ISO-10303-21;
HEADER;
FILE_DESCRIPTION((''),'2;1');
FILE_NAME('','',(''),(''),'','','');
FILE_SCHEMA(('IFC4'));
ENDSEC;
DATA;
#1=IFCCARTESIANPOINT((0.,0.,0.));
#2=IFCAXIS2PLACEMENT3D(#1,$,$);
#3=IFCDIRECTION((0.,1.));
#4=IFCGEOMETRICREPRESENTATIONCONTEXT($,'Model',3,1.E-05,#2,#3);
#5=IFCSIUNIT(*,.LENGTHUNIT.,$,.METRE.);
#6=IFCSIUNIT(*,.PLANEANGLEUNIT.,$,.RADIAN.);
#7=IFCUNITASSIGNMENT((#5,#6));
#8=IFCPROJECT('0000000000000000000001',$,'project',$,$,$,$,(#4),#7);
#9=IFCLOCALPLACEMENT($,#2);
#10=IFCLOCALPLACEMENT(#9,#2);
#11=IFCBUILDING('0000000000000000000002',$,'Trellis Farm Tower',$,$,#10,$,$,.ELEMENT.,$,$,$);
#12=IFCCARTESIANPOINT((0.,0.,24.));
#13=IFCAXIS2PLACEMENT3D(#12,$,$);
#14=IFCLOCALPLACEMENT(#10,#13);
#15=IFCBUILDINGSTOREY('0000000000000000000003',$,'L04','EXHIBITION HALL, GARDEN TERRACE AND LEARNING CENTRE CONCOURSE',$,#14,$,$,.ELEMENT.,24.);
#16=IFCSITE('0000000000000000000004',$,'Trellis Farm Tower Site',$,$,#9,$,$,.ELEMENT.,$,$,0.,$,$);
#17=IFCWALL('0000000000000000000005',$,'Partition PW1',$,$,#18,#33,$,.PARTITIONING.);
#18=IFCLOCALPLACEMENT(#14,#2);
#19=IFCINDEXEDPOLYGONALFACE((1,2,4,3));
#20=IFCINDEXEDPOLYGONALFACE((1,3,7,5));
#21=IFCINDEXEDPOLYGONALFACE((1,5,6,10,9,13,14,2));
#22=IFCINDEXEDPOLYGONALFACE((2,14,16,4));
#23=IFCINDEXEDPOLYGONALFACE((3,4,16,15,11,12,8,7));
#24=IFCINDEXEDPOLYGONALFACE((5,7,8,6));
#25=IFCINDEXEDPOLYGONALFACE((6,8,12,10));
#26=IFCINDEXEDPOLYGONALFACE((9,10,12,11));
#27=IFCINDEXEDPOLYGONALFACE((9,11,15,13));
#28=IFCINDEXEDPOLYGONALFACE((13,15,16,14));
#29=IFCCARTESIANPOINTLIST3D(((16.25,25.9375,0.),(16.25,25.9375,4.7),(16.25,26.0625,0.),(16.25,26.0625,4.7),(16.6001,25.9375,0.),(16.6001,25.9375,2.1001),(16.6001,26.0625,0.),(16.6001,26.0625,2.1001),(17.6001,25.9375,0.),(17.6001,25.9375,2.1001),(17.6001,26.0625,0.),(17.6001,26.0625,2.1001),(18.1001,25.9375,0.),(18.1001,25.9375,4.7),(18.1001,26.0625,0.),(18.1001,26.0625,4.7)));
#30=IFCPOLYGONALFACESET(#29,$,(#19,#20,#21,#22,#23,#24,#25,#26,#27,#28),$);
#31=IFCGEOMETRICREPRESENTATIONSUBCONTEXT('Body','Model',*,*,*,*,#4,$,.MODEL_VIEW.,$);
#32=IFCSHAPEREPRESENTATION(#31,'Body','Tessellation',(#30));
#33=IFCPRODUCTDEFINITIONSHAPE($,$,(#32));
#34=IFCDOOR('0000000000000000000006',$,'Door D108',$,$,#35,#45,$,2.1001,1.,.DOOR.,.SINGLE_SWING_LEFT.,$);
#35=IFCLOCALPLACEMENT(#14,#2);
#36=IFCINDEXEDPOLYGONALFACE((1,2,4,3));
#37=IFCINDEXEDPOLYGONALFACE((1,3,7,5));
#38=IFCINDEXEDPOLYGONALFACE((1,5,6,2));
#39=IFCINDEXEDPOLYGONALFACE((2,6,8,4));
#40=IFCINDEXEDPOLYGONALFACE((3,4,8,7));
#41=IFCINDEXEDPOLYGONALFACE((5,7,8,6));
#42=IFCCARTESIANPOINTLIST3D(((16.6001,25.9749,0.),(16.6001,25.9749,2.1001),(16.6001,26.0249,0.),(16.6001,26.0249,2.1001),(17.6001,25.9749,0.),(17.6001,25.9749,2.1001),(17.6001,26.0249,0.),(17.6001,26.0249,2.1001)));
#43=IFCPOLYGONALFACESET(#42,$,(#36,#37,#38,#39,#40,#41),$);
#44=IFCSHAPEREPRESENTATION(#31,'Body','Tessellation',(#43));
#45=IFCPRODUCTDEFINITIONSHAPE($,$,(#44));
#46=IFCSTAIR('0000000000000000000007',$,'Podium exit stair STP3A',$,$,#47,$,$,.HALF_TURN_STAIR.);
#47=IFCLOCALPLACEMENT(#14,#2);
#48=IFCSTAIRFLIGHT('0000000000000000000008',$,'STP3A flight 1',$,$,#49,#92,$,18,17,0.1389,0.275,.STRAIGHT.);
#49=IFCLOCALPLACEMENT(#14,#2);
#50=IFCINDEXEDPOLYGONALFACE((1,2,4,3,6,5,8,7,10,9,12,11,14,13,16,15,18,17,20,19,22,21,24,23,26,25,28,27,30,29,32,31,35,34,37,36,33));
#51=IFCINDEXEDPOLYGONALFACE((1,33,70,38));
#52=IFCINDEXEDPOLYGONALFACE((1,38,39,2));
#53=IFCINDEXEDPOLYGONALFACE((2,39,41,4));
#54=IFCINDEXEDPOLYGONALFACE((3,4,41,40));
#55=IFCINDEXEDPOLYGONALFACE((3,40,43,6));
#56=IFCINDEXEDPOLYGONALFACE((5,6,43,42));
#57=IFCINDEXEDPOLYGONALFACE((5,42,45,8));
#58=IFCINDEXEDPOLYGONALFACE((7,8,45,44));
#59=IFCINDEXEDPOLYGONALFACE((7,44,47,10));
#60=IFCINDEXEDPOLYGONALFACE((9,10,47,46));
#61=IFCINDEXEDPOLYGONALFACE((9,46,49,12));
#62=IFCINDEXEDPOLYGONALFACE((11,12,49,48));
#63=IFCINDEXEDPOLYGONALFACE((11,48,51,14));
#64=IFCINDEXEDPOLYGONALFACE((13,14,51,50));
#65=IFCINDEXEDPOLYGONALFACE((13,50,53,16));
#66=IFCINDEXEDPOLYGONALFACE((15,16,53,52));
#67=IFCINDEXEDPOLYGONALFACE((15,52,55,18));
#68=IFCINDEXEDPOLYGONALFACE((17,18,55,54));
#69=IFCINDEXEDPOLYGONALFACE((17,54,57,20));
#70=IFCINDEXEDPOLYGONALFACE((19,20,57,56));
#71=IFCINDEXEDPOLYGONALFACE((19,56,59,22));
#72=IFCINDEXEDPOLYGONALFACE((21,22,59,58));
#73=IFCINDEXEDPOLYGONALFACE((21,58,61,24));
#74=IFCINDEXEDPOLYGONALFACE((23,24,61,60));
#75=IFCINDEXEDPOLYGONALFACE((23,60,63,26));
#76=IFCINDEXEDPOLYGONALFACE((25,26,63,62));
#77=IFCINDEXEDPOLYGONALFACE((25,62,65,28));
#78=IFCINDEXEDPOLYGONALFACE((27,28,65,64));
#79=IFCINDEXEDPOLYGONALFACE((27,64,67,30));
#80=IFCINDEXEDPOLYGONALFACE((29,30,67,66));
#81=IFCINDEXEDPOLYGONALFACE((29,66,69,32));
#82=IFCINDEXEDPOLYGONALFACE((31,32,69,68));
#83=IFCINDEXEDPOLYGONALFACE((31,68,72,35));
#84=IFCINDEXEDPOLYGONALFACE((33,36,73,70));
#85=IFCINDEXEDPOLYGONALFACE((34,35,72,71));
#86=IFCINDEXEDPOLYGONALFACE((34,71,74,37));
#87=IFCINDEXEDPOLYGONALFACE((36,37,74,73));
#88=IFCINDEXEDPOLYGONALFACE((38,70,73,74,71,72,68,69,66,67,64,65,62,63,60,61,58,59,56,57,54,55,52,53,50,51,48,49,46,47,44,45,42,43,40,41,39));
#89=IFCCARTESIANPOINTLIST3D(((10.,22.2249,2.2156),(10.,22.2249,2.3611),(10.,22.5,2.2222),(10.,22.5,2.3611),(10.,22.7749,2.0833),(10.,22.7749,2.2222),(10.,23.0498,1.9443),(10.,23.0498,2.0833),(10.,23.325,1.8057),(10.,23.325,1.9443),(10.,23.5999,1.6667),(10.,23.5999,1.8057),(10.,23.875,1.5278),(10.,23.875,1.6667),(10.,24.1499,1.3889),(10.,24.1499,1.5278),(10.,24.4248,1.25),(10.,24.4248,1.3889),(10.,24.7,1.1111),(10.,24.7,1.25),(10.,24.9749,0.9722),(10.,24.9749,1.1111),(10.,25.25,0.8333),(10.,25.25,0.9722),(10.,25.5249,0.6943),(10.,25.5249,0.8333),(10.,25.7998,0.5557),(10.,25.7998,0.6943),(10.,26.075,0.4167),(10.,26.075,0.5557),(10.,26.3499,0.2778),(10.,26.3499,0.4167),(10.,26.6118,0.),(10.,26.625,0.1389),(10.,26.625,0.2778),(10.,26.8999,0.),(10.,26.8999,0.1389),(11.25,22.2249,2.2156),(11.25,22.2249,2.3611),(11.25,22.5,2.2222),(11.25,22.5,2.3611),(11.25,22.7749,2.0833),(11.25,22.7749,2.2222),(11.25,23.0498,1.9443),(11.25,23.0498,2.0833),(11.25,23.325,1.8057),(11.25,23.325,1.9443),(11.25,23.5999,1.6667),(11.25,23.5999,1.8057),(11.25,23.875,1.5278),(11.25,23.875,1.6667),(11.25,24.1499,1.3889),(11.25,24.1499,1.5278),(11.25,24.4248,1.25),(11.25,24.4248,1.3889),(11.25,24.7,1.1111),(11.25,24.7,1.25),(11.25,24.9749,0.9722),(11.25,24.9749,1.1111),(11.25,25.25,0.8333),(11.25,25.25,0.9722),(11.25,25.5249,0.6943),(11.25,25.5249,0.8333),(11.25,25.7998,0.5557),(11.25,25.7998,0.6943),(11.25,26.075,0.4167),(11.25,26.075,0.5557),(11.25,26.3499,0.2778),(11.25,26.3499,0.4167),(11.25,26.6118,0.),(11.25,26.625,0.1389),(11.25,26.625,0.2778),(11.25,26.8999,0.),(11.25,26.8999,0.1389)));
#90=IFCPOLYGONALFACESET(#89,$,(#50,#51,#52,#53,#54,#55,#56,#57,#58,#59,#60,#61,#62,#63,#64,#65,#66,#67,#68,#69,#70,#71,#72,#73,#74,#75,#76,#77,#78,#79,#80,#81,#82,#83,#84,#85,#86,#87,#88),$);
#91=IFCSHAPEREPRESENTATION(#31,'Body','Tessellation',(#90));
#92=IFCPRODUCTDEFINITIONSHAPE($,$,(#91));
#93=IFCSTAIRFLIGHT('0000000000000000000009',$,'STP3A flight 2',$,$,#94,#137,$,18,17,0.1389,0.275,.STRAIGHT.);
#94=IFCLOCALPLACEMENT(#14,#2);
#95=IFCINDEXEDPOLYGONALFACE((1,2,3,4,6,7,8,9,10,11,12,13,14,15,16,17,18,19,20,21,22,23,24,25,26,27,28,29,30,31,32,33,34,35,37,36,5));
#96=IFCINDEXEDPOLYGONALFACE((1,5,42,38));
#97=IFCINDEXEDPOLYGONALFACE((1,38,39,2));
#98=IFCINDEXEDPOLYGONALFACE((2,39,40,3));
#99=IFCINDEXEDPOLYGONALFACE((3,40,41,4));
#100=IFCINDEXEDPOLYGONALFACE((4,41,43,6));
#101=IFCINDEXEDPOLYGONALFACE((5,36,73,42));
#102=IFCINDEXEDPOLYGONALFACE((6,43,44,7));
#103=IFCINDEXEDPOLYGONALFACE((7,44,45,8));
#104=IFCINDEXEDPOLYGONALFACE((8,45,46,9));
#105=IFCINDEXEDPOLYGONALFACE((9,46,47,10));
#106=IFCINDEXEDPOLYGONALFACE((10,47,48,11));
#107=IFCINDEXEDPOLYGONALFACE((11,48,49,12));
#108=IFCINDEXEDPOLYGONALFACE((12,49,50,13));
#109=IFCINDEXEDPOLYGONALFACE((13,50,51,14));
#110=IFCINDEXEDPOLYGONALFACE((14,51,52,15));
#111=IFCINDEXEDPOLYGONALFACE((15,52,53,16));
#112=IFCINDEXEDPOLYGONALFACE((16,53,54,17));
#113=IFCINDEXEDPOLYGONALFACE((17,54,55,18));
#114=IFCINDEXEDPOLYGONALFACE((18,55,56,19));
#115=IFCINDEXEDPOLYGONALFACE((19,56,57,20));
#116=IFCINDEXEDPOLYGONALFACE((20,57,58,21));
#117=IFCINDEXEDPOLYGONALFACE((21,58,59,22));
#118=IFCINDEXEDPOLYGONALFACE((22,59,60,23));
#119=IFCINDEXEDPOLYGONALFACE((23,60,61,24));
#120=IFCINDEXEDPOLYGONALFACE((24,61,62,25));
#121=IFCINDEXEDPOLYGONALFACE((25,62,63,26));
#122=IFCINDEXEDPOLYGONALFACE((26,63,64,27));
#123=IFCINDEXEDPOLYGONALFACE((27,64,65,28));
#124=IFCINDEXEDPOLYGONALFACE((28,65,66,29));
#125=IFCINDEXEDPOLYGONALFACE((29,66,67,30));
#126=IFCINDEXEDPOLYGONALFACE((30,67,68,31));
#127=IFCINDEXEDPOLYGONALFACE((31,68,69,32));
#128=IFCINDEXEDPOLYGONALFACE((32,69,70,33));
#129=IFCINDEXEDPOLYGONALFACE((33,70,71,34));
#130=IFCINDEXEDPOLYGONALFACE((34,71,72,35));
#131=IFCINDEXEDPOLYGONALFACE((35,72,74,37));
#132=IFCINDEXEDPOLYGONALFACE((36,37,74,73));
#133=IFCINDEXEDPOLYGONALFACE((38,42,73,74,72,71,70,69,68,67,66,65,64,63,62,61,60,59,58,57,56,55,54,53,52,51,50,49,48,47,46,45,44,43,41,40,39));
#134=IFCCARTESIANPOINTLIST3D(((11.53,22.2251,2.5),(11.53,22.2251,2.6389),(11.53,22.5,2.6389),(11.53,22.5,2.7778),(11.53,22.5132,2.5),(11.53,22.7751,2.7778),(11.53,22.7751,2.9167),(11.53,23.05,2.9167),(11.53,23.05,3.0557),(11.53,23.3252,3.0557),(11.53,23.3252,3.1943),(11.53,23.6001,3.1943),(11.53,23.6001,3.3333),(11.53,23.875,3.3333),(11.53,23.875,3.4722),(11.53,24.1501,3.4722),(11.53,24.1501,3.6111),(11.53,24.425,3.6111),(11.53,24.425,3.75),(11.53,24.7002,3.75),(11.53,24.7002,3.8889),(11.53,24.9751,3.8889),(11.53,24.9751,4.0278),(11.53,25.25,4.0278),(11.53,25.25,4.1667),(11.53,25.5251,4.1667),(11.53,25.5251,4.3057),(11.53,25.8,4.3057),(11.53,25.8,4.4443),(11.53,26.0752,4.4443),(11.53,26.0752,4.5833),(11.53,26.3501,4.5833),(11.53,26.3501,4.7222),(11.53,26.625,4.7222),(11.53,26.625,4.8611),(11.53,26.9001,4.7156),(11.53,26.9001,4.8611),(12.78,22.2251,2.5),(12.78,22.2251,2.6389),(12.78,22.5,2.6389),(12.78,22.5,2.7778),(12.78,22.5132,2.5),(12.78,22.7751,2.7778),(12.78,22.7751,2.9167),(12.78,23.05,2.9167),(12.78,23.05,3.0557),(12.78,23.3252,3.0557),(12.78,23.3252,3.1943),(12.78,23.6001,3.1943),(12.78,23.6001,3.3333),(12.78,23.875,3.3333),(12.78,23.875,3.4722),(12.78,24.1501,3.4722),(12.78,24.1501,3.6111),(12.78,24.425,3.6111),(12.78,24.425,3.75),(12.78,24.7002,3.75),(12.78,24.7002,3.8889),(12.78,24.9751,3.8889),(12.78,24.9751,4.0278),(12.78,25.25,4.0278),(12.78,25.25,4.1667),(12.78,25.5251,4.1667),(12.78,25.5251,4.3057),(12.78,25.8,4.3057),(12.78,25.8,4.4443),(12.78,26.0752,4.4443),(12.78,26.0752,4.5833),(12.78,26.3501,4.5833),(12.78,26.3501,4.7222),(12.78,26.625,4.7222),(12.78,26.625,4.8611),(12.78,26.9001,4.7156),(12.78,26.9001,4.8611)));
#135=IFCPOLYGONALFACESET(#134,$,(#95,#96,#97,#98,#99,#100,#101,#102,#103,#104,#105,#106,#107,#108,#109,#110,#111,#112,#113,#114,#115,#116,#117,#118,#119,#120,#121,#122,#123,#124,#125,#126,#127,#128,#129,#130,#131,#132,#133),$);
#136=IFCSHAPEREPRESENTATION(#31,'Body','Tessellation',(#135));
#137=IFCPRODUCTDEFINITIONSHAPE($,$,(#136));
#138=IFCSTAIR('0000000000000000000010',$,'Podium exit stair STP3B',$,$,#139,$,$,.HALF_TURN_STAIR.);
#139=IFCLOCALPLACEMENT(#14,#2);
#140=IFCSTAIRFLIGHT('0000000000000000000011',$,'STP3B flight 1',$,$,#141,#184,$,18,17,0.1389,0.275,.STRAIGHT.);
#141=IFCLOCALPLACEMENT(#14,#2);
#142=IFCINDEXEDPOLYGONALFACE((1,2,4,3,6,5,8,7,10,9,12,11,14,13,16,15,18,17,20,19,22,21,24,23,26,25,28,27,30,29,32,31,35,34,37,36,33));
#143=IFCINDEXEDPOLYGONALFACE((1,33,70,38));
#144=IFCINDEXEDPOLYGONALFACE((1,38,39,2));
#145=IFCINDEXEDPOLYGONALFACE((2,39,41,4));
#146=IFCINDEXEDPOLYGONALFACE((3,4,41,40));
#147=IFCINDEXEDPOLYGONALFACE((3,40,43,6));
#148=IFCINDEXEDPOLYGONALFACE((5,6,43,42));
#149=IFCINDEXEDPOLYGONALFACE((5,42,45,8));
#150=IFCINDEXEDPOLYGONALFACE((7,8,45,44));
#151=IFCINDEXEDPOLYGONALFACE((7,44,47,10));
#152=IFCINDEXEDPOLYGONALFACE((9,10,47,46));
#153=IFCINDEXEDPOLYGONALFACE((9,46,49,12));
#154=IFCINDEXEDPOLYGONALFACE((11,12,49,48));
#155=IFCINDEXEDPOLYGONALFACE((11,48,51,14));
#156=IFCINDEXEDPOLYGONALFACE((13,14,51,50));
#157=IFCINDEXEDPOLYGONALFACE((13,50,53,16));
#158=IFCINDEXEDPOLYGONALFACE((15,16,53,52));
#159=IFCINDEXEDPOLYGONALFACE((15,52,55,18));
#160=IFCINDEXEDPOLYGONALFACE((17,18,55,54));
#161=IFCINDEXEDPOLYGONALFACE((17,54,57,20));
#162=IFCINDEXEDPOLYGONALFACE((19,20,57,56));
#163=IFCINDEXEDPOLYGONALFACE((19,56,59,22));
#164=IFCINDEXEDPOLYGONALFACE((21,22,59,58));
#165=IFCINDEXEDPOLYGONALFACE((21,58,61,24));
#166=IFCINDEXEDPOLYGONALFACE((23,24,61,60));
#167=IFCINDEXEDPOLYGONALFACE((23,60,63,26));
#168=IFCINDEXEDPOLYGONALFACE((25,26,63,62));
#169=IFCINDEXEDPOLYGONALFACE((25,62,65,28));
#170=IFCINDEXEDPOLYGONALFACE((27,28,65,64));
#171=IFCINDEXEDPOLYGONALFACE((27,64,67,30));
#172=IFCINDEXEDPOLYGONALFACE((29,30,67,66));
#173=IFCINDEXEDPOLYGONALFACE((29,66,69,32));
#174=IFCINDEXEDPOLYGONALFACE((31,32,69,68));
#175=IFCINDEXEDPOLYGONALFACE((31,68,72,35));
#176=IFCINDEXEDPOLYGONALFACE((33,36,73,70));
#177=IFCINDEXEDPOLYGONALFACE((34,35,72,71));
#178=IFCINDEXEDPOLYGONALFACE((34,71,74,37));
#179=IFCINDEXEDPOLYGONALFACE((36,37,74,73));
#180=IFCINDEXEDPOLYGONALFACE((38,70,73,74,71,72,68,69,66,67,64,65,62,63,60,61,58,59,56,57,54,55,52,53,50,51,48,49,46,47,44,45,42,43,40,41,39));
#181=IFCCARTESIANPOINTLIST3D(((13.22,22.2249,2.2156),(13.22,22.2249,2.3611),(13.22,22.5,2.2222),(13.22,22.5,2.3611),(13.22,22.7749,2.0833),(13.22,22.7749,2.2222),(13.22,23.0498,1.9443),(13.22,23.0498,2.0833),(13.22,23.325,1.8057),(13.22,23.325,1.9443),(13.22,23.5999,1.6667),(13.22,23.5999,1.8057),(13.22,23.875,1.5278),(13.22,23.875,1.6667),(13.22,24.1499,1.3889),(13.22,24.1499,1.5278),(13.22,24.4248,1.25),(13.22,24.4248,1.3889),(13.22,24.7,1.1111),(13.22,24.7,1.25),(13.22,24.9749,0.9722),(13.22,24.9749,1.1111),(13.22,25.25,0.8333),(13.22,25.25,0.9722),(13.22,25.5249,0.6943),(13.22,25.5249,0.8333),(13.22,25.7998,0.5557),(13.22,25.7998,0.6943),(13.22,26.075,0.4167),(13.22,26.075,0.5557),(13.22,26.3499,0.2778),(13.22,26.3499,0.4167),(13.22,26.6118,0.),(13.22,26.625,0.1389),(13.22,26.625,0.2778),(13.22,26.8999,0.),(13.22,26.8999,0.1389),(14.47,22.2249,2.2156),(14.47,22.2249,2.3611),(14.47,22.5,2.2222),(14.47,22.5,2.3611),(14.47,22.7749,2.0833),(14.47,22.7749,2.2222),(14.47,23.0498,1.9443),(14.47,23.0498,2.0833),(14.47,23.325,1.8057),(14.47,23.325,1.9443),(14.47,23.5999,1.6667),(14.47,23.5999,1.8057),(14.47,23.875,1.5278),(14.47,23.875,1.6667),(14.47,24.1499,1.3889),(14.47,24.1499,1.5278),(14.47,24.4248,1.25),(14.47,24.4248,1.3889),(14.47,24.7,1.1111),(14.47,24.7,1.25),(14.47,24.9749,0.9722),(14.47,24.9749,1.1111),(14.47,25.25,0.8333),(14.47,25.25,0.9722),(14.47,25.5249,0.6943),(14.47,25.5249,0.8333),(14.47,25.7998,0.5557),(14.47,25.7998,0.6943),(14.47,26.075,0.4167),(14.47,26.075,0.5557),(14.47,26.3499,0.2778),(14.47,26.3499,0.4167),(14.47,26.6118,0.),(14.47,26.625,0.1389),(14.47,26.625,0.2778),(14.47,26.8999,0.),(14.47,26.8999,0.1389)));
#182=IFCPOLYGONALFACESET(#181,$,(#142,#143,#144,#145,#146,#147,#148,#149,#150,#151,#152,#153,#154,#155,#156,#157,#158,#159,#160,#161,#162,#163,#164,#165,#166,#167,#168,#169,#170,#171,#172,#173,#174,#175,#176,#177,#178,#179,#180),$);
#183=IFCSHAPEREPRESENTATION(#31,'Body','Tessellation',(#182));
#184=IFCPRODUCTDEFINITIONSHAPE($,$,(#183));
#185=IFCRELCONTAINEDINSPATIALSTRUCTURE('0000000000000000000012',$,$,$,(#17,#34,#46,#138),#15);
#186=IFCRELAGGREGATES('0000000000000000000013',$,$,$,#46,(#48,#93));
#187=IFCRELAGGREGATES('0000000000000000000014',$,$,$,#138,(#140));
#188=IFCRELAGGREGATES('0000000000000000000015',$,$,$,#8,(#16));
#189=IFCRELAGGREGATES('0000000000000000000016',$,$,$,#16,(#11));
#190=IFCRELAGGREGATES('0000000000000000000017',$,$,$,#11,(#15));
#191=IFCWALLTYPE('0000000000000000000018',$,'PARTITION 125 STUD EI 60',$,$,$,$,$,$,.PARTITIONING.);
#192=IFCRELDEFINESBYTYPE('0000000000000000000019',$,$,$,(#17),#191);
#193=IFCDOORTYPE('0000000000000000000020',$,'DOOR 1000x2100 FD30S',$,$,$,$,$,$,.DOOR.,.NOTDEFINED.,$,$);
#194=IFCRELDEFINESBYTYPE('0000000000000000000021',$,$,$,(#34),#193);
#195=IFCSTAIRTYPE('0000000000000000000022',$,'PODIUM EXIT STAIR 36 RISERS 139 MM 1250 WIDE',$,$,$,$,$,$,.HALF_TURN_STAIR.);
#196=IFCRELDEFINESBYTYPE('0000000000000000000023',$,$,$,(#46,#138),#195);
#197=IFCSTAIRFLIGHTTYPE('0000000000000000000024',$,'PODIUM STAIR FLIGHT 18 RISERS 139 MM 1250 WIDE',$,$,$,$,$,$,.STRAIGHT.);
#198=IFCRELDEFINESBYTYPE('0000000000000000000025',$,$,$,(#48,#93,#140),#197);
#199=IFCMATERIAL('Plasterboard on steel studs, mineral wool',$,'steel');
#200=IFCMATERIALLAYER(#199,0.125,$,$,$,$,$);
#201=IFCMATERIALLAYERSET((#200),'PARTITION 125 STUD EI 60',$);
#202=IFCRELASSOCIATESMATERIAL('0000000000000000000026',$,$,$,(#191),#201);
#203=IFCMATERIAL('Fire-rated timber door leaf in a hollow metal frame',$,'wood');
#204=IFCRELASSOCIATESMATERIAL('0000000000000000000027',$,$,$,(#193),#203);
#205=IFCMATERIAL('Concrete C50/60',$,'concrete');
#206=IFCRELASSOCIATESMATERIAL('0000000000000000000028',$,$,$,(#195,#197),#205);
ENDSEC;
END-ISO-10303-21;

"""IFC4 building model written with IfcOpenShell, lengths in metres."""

from ifc_helpers import new_model, si_unit, direction, frame, frame_2d, origin, place, context, subcontext, project, spatial, polyline, rectangle, outline, extrude, source, transform, mapped, material, layer, layer_set, type_object, element, fill, aggregate, save


model = new_model("IFC4")

# Units and contexts
model_context = context("Model", 3, precision=1e-05, world=origin(), true_north=direction((0.0, 1.0)))
body_context = subcontext(model_context, "Body", "Model", "MODEL_VIEW")
ifc_project = project(units=[si_unit("LENGTHUNIT", "METRE"), si_unit("PLANEANGLEUNIT", "RADIAN")], contexts=[model_context])

# Site, building, storey
site_placement = place(None, origin())
site = spatial("IfcSite", under=ifc_project, at=site_placement, Name="Trellis Farm Tower Site", CompositionType="ELEMENT", RefElevation=0.0)
building_placement = place(site_placement, origin())
building = spatial("IfcBuilding", under=site, at=building_placement, Name="Trellis Farm Tower", CompositionType="ELEMENT")
storey_placement = place(building_placement, frame((0.0, 0.0, 24.0)))
storey = spatial("IfcBuildingStorey", under=building, at=storey_placement, Name="L04", Description="EXHIBITION HALL, GARDEN TERRACE AND LEARNING CENTRE CONCOURSE", CompositionType="ELEMENT", Elevation=24.0)

# Wall, opening, door
ifc_material_1 = material(Name="Plasterboard on steel studs, mineral wool", Category="steel")
ifc_layer_1 = layer(ifc_material_1, 0.125)
ifc_layer_set_1 = layer_set([ifc_layer_1], Name="PARTITION 125 STUD EI 60")
wall_type_1 = type_object("IfcWallType", Name="PARTITION 125 STUD EI 60", PredefinedType="PARTITIONING", material=ifc_layer_set_1)
shared_shape_1 = source(origin(), body_context, "Body", "SweptSolid", [
    extrude(rectangle(XDim=1.8501, YDim=0.125, at=frame_2d((0.925, 0.0))), origin(), (0.0, 0.0, 1.0), 4.7),
])
wall_1_placement = place(storey_placement, frame((16.25, 26.0, 0.0), z_axis=(0.0, 0.0, 1.0), x_axis=(1.0, 0.0, 0.0)))
wall_1 = element("IfcWall", 1, at=wall_1_placement, inside=storey, type_object=wall_type_1, Name="Partition PW1", PredefinedType="PARTITIONING", context=body_context, shape_type="MappedRepresentation", body=[
    mapped(shared_shape_1, transform((0.0, 0.0, 0.0))),
])
shared_shape_2 = source(origin(), body_context, "Body", "SweptSolid", [
    extrude(rectangle(XDim=1.0, YDim=2.1001, at=frame_2d((0.5, 1.05))), frame((0.0, 0.0725, 0.0), z_axis=(0.0, -1.0, 0.0), x_axis=(1.0, 0.0, 0.0)), (0.0, 0.0, 1.0), 0.145),
])
opening_placement = place(wall_1_placement, frame((0.3501, 0.0, 0.0)))
opening = element("IfcOpeningElement", 2, at=opening_placement, cuts=wall_1, PredefinedType="OPENING", context=body_context, shape_type="MappedRepresentation", body=[
    mapped(shared_shape_2, transform((0.0, 0.0, 0.0))),
])
ifc_material_2 = material(Name="Fire-rated timber door leaf in a hollow metal frame", Category="wood")
door_type = type_object("IfcDoorType", Name="DOOR 1000x2100 FD30S", OperationType="NOTDEFINED", PredefinedType="DOOR", material=ifc_material_2)
shared_shape_3 = source(origin(), body_context, "Body", "SweptSolid", [
    extrude(rectangle(XDim=1.0, YDim=2.1001, at=frame_2d((0.5, 1.05))), frame((0.0, 0.0249, 0.0), z_axis=(0.0, -1.0, 0.0), x_axis=(1.0, 0.0, 0.0)), (0.0, 0.0, 1.0), 0.05),
])
door_placement = place(opening_placement, origin())
door = element("IfcDoor", 3, at=door_placement, inside=storey, type_object=door_type, Name="Door D108", OperationType="SINGLE_SWING_LEFT", OverallHeight=2.1001, OverallWidth=1.0, PredefinedType="DOOR", context=body_context, shape_type="MappedRepresentation", body=[
    mapped(shared_shape_3, transform((0.0, 0.0, 0.0))),
])
fill(opening, door)

# Stairs, stair flights
ifc_material_3 = material(Name="Concrete C50/60", Category="concrete")
stair_type = type_object("IfcStairType", Name="PODIUM EXIT STAIR 36 RISERS 139 MM 1250 WIDE", PredefinedType="HALF_TURN_STAIR", material=ifc_material_3)
placement = place(storey_placement, origin())
stair_1 = element("IfcStair", 4, at=placement, inside=storey, type_object=stair_type, Name="Podium exit stair STP3A", PredefinedType="HALF_TURN_STAIR")
stair_flight_type = type_object("IfcStairFlightType", Name="PODIUM STAIR FLIGHT 18 RISERS 139 MM 1250 WIDE", PredefinedType="STRAIGHT", material=ifc_material_3)
shared_shape_4 = source(origin(), body_context, "Body", "SweptSolid", [
    extrude(outline(polyline([(0.0, 0.0), (0.0, 0.1389), (0.2749, 0.1389), (0.2749, 0.2778), (0.55, 0.2778), (0.55, 0.4167), (0.825, 0.4167), (0.825, 0.5557), (1.1001, 0.5557), (1.1001, 0.6943), (1.375, 0.6943), (1.375, 0.8333), (1.6499, 0.8333), (1.6499, 0.9722), (1.925, 0.9722), (1.925, 1.1111), (2.2, 1.1111), (2.2, 1.25), (2.4751, 1.25), (2.4751, 1.3889), (2.75, 1.3889), (2.75, 1.5278), (3.0249, 1.5278), (3.0249, 1.6667), (3.3, 1.6667), (3.3, 1.8057), (3.575, 1.8057), (3.575, 1.9443), (3.8501, 1.9443), (3.8501, 2.0833), (4.125, 2.0833), (4.125, 2.2222), (4.3999, 2.2222), (4.3999, 2.3611), (4.675, 2.3611), (4.675, 2.5), (4.675, 2.2156), (0.2881, 0.0), (0.0, 0.0)])), frame((0.0, 0.625, 0.0), z_axis=(0.0, -1.0, 0.0), x_axis=(1.0, 0.0, 0.0)), (0.0, 0.0, 1.0), 1.25),
])
stair_flight_1_placement = place(storey_placement, frame((10.625, 26.8999, 0.0), z_axis=(0.0, 0.0, 1.0), x_axis=(0.0, -1.0, 0.0)))
stair_flight_1 = element("IfcStairFlight", 5, at=stair_flight_1_placement, type_object=stair_flight_type, Name="STP3A flight 1", NumberOfRisers=18, NumberOfTreads=17, PredefinedType="STRAIGHT", RiserHeight=0.1389, TreadLength=0.275, context=body_context, shape_type="MappedRepresentation", body=[
    mapped(shared_shape_4, transform((0.0, 0.0, 0.0))),
])
stair_flight_2_placement = place(storey_placement, frame((12.155, 22.2251, 2.5), z_axis=(0.0, 0.0, 1.0), x_axis=(0.0, 1.0, 0.0)))
stair_flight_2 = element("IfcStairFlight", 6, at=stair_flight_2_placement, type_object=stair_flight_type, Name="STP3A flight 2", NumberOfRisers=18, NumberOfTreads=17, PredefinedType="STRAIGHT", RiserHeight=0.1389, TreadLength=0.275, context=body_context, shape_type="MappedRepresentation", body=[
    mapped(shared_shape_4, transform((0.0, 0.0, 0.0))),
])
aggregate(stair_1, [stair_flight_1, stair_flight_2])
stair_2 = element("IfcStair", 7, at=placement, inside=storey, type_object=stair_type, Name="Podium exit stair STP3B", PredefinedType="HALF_TURN_STAIR")
stair_flight_3_placement = place(storey_placement, frame((13.845, 26.8999, 0.0), z_axis=(0.0, 0.0, 1.0), x_axis=(0.0, -1.0, 0.0)))
stair_flight_3 = element("IfcStairFlight", 8, at=stair_flight_3_placement, type_object=stair_flight_type, Name="STP3B flight 1", NumberOfRisers=18, NumberOfTreads=17, PredefinedType="STRAIGHT", RiserHeight=0.1389, TreadLength=0.275, context=body_context, shape_type="MappedRepresentation", body=[
    mapped(shared_shape_4, transform((0.0, 0.0, 0.0))),
])
aggregate(stair_2, [stair_flight_3])

save(model, "model.ifc")
